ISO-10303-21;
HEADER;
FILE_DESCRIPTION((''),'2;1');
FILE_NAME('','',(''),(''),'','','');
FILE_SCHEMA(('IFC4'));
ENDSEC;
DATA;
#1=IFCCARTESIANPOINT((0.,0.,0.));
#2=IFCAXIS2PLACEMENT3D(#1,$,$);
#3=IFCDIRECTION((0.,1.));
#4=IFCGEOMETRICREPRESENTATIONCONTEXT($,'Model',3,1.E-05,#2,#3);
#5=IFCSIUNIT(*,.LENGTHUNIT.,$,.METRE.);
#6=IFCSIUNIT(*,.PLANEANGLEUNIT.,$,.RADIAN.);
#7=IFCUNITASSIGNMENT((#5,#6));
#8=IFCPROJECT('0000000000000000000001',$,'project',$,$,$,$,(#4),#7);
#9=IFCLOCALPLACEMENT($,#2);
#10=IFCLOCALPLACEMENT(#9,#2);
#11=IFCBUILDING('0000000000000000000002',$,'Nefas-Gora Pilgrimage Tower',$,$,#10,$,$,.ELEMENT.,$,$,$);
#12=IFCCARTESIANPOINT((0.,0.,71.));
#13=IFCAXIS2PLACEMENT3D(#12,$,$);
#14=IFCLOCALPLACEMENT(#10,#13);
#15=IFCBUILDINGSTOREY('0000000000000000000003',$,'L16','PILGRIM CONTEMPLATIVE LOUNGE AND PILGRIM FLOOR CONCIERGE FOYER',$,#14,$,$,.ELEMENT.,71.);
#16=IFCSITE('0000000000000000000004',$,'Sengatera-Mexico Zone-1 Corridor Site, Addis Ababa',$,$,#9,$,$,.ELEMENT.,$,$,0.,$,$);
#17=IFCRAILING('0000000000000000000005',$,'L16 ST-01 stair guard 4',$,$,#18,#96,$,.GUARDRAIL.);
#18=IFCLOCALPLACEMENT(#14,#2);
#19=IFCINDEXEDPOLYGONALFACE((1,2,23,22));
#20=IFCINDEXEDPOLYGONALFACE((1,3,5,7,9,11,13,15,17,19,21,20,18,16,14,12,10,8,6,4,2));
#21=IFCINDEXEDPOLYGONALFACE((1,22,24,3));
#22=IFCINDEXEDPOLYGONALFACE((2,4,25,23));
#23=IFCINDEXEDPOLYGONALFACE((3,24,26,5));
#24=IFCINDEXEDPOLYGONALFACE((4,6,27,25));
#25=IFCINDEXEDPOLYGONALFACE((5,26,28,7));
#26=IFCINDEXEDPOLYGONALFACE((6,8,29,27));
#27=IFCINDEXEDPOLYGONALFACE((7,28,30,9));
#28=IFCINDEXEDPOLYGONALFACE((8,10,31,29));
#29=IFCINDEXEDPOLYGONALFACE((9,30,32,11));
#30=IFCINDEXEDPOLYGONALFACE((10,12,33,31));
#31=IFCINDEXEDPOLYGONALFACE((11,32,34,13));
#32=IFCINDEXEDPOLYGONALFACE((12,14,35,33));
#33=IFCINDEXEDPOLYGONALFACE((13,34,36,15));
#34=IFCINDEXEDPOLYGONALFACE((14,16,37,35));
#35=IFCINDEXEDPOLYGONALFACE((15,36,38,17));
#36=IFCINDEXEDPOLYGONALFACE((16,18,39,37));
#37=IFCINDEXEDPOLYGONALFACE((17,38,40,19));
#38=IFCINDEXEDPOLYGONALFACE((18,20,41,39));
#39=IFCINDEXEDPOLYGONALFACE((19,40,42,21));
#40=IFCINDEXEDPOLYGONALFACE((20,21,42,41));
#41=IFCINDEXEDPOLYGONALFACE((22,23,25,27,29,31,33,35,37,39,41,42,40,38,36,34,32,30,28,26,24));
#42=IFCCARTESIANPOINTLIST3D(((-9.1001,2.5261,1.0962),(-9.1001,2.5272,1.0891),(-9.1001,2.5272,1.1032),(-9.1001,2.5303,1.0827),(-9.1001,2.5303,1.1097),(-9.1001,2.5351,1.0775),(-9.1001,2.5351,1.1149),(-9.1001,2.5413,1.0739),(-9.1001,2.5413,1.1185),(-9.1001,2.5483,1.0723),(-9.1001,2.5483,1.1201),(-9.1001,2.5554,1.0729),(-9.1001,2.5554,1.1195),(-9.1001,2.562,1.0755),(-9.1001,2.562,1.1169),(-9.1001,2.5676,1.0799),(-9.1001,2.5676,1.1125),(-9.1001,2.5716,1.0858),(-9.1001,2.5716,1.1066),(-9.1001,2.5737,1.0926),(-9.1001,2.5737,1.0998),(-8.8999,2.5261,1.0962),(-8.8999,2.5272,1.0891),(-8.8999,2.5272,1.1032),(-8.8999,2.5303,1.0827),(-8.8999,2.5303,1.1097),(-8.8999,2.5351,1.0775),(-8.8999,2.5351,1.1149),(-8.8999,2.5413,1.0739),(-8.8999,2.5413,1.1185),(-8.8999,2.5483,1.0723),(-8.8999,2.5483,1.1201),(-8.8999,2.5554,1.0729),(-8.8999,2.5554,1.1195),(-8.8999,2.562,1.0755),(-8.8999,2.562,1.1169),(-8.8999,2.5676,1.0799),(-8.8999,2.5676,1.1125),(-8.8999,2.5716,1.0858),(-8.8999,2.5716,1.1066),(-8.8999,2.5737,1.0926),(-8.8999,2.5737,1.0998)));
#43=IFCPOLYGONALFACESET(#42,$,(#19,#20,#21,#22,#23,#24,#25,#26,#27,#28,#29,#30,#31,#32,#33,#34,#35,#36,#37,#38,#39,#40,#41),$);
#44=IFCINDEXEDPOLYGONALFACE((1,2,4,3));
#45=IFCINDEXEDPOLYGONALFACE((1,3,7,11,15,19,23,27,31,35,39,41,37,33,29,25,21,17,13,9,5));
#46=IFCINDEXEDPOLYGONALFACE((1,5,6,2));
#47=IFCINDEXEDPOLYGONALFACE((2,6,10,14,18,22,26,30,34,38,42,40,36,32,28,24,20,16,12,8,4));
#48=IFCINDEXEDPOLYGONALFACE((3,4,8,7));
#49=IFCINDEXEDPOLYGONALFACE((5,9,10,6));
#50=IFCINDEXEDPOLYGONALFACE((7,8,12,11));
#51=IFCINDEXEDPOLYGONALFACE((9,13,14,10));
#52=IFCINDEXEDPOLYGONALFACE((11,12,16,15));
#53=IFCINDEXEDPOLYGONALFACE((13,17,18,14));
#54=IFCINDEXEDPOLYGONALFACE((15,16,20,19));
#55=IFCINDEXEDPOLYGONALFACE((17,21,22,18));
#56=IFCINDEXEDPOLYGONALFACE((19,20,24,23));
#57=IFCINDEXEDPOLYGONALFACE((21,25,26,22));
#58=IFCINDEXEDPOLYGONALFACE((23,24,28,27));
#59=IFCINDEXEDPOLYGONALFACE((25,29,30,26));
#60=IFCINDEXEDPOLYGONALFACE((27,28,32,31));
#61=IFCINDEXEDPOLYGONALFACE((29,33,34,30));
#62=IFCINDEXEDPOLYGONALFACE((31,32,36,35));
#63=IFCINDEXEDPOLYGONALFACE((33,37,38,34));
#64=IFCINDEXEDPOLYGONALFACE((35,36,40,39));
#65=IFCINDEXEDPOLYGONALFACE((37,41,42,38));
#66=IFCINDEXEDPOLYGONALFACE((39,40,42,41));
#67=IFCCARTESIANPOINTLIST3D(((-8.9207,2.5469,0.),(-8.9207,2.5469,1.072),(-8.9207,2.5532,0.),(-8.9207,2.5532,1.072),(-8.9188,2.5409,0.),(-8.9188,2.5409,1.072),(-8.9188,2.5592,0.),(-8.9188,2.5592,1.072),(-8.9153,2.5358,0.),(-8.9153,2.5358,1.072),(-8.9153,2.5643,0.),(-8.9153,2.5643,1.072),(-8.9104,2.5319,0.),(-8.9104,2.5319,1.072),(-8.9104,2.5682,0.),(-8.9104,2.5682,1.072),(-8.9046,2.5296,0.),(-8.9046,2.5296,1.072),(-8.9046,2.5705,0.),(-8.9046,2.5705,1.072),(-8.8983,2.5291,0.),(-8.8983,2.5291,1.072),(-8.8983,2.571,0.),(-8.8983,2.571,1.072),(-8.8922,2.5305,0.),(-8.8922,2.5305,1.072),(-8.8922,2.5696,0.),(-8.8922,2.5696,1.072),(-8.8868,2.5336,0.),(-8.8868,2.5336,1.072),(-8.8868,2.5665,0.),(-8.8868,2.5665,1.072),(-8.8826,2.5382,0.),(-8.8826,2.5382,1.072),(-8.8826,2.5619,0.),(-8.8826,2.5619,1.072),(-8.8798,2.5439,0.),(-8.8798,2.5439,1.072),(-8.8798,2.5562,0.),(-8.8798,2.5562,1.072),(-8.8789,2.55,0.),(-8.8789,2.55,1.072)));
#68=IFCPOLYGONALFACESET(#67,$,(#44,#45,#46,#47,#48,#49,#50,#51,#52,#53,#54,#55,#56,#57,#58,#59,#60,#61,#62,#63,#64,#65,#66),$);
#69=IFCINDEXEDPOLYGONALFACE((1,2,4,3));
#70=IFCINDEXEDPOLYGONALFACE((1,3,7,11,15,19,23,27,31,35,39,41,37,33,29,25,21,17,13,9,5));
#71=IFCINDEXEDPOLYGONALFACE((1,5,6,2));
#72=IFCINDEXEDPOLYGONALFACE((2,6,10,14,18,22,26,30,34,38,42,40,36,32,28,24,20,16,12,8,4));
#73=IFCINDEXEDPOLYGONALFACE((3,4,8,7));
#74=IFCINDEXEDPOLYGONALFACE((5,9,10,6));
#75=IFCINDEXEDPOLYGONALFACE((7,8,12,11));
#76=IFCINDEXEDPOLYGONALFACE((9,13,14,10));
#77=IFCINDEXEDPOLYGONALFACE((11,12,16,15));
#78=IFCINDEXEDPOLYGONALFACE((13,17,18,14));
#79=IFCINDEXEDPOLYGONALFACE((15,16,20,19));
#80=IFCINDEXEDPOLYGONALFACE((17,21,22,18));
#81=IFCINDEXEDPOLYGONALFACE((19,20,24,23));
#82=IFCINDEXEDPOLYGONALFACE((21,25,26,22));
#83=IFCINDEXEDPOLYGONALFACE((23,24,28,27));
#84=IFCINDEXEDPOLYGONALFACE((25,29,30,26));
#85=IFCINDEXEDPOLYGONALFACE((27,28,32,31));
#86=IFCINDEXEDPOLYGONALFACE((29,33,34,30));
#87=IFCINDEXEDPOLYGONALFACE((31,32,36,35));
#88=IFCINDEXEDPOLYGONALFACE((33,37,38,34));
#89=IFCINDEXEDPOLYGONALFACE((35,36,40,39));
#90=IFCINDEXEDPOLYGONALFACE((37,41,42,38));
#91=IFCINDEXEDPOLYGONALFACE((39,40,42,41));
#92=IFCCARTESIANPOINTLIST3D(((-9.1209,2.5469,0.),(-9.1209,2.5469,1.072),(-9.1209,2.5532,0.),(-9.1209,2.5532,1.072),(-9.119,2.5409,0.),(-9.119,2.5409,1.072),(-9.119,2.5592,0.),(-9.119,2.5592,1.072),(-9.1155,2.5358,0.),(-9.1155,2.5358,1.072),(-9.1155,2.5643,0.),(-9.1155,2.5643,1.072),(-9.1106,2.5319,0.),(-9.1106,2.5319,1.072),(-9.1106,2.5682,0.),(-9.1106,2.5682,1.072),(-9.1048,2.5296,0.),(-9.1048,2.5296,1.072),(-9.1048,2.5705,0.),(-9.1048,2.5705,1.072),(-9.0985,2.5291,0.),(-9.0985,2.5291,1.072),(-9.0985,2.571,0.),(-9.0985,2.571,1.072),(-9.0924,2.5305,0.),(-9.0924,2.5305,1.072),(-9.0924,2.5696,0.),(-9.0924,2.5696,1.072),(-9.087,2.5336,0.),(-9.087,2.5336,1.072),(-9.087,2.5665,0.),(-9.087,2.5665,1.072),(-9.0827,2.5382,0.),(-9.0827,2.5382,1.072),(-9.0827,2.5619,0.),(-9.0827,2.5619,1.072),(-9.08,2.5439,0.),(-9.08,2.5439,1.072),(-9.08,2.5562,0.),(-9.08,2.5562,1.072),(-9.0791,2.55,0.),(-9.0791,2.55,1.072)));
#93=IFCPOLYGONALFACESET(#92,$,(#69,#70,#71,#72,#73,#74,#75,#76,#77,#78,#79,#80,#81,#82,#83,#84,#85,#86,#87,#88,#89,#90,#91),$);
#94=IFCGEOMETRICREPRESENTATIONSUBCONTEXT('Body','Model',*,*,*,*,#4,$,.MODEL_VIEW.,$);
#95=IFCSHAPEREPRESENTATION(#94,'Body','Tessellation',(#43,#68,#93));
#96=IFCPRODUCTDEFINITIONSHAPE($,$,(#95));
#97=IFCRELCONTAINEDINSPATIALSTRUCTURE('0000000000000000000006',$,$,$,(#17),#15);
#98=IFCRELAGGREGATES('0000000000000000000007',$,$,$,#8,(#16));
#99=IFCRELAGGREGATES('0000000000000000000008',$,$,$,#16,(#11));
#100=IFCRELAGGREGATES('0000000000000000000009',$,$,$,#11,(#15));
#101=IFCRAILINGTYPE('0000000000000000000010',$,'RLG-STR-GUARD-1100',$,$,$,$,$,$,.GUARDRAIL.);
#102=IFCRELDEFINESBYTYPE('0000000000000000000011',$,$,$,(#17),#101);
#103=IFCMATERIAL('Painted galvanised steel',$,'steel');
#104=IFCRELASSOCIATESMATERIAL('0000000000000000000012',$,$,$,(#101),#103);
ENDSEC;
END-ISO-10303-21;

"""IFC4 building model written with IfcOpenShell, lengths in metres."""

from ifc_helpers import new_model, si_unit, direction, frame, origin, origin_2d, place, context, subcontext, project, spatial, circle, extrude, material, type_object, element, save


model = new_model("IFC4")

# Units and contexts
model_context = context("Model", 3, precision=1e-05, world=origin(), true_north=direction((0.0, 1.0)))
body_context = subcontext(model_context, "Body", "Model", "MODEL_VIEW")
ifc_project = project(units=[si_unit("LENGTHUNIT", "METRE"), si_unit("PLANEANGLEUNIT", "RADIAN")], contexts=[model_context])

# Site, building, storey
site_placement = place(None, origin())
site = spatial("IfcSite", under=ifc_project, at=site_placement, Name="Sengatera-Mexico Zone-1 Corridor Site, Addis Ababa", CompositionType="ELEMENT", RefElevation=0.0)
building_placement = place(site_placement, origin())
building = spatial("IfcBuilding", under=site, at=building_placement, Name="Nefas-Gora Pilgrimage Tower", CompositionType="ELEMENT")
storey_placement = place(building_placement, frame((0.0, 0.0, 71.0)))
storey = spatial("IfcBuildingStorey", under=building, at=storey_placement, Name="L16", Description="PILGRIM CONTEMPLATIVE LOUNGE AND PILGRIM FLOOR CONCIERGE FOYER", CompositionType="ELEMENT", Elevation=71.0)

# Railing
ifc_material_1 = material(Name="Painted galvanised steel", Category="steel")
railing_type_1 = type_object("IfcRailingType", Name="RLG-STR-GUARD-1100", PredefinedType="GUARDRAIL", material=ifc_material_1)
railing_1_placement = place(storey_placement, frame((-8.8999, 2.55, 0.0)))
element("IfcRailing", 1, at=railing_1_placement, inside=storey, type_object=railing_type_1, Name="L16 ST-01 stair guard 4", PredefinedType="GUARDRAIL", context=body_context, shape_type="SweptSolid", body=[
    extrude(circle(Radius=0.0239, at=origin_2d()), frame((0.0, 0.0, 1.0962), z_axis=(-1.0, 0.0, 0.0), x_axis=(0.0, -1.0, 0.0)), (0.0, 0.0, 1.0), 0.2002),
    extrude(circle(Radius=0.021, at=origin_2d()), origin(), (0.0, 0.0, 1.0), 1.072),
    extrude(circle(Radius=0.021, at=origin_2d()), frame((-0.2002, 0.0, 0.0)), (0.0, 0.0, 1.0), 1.072),
])

save(model, "model.ifc")
